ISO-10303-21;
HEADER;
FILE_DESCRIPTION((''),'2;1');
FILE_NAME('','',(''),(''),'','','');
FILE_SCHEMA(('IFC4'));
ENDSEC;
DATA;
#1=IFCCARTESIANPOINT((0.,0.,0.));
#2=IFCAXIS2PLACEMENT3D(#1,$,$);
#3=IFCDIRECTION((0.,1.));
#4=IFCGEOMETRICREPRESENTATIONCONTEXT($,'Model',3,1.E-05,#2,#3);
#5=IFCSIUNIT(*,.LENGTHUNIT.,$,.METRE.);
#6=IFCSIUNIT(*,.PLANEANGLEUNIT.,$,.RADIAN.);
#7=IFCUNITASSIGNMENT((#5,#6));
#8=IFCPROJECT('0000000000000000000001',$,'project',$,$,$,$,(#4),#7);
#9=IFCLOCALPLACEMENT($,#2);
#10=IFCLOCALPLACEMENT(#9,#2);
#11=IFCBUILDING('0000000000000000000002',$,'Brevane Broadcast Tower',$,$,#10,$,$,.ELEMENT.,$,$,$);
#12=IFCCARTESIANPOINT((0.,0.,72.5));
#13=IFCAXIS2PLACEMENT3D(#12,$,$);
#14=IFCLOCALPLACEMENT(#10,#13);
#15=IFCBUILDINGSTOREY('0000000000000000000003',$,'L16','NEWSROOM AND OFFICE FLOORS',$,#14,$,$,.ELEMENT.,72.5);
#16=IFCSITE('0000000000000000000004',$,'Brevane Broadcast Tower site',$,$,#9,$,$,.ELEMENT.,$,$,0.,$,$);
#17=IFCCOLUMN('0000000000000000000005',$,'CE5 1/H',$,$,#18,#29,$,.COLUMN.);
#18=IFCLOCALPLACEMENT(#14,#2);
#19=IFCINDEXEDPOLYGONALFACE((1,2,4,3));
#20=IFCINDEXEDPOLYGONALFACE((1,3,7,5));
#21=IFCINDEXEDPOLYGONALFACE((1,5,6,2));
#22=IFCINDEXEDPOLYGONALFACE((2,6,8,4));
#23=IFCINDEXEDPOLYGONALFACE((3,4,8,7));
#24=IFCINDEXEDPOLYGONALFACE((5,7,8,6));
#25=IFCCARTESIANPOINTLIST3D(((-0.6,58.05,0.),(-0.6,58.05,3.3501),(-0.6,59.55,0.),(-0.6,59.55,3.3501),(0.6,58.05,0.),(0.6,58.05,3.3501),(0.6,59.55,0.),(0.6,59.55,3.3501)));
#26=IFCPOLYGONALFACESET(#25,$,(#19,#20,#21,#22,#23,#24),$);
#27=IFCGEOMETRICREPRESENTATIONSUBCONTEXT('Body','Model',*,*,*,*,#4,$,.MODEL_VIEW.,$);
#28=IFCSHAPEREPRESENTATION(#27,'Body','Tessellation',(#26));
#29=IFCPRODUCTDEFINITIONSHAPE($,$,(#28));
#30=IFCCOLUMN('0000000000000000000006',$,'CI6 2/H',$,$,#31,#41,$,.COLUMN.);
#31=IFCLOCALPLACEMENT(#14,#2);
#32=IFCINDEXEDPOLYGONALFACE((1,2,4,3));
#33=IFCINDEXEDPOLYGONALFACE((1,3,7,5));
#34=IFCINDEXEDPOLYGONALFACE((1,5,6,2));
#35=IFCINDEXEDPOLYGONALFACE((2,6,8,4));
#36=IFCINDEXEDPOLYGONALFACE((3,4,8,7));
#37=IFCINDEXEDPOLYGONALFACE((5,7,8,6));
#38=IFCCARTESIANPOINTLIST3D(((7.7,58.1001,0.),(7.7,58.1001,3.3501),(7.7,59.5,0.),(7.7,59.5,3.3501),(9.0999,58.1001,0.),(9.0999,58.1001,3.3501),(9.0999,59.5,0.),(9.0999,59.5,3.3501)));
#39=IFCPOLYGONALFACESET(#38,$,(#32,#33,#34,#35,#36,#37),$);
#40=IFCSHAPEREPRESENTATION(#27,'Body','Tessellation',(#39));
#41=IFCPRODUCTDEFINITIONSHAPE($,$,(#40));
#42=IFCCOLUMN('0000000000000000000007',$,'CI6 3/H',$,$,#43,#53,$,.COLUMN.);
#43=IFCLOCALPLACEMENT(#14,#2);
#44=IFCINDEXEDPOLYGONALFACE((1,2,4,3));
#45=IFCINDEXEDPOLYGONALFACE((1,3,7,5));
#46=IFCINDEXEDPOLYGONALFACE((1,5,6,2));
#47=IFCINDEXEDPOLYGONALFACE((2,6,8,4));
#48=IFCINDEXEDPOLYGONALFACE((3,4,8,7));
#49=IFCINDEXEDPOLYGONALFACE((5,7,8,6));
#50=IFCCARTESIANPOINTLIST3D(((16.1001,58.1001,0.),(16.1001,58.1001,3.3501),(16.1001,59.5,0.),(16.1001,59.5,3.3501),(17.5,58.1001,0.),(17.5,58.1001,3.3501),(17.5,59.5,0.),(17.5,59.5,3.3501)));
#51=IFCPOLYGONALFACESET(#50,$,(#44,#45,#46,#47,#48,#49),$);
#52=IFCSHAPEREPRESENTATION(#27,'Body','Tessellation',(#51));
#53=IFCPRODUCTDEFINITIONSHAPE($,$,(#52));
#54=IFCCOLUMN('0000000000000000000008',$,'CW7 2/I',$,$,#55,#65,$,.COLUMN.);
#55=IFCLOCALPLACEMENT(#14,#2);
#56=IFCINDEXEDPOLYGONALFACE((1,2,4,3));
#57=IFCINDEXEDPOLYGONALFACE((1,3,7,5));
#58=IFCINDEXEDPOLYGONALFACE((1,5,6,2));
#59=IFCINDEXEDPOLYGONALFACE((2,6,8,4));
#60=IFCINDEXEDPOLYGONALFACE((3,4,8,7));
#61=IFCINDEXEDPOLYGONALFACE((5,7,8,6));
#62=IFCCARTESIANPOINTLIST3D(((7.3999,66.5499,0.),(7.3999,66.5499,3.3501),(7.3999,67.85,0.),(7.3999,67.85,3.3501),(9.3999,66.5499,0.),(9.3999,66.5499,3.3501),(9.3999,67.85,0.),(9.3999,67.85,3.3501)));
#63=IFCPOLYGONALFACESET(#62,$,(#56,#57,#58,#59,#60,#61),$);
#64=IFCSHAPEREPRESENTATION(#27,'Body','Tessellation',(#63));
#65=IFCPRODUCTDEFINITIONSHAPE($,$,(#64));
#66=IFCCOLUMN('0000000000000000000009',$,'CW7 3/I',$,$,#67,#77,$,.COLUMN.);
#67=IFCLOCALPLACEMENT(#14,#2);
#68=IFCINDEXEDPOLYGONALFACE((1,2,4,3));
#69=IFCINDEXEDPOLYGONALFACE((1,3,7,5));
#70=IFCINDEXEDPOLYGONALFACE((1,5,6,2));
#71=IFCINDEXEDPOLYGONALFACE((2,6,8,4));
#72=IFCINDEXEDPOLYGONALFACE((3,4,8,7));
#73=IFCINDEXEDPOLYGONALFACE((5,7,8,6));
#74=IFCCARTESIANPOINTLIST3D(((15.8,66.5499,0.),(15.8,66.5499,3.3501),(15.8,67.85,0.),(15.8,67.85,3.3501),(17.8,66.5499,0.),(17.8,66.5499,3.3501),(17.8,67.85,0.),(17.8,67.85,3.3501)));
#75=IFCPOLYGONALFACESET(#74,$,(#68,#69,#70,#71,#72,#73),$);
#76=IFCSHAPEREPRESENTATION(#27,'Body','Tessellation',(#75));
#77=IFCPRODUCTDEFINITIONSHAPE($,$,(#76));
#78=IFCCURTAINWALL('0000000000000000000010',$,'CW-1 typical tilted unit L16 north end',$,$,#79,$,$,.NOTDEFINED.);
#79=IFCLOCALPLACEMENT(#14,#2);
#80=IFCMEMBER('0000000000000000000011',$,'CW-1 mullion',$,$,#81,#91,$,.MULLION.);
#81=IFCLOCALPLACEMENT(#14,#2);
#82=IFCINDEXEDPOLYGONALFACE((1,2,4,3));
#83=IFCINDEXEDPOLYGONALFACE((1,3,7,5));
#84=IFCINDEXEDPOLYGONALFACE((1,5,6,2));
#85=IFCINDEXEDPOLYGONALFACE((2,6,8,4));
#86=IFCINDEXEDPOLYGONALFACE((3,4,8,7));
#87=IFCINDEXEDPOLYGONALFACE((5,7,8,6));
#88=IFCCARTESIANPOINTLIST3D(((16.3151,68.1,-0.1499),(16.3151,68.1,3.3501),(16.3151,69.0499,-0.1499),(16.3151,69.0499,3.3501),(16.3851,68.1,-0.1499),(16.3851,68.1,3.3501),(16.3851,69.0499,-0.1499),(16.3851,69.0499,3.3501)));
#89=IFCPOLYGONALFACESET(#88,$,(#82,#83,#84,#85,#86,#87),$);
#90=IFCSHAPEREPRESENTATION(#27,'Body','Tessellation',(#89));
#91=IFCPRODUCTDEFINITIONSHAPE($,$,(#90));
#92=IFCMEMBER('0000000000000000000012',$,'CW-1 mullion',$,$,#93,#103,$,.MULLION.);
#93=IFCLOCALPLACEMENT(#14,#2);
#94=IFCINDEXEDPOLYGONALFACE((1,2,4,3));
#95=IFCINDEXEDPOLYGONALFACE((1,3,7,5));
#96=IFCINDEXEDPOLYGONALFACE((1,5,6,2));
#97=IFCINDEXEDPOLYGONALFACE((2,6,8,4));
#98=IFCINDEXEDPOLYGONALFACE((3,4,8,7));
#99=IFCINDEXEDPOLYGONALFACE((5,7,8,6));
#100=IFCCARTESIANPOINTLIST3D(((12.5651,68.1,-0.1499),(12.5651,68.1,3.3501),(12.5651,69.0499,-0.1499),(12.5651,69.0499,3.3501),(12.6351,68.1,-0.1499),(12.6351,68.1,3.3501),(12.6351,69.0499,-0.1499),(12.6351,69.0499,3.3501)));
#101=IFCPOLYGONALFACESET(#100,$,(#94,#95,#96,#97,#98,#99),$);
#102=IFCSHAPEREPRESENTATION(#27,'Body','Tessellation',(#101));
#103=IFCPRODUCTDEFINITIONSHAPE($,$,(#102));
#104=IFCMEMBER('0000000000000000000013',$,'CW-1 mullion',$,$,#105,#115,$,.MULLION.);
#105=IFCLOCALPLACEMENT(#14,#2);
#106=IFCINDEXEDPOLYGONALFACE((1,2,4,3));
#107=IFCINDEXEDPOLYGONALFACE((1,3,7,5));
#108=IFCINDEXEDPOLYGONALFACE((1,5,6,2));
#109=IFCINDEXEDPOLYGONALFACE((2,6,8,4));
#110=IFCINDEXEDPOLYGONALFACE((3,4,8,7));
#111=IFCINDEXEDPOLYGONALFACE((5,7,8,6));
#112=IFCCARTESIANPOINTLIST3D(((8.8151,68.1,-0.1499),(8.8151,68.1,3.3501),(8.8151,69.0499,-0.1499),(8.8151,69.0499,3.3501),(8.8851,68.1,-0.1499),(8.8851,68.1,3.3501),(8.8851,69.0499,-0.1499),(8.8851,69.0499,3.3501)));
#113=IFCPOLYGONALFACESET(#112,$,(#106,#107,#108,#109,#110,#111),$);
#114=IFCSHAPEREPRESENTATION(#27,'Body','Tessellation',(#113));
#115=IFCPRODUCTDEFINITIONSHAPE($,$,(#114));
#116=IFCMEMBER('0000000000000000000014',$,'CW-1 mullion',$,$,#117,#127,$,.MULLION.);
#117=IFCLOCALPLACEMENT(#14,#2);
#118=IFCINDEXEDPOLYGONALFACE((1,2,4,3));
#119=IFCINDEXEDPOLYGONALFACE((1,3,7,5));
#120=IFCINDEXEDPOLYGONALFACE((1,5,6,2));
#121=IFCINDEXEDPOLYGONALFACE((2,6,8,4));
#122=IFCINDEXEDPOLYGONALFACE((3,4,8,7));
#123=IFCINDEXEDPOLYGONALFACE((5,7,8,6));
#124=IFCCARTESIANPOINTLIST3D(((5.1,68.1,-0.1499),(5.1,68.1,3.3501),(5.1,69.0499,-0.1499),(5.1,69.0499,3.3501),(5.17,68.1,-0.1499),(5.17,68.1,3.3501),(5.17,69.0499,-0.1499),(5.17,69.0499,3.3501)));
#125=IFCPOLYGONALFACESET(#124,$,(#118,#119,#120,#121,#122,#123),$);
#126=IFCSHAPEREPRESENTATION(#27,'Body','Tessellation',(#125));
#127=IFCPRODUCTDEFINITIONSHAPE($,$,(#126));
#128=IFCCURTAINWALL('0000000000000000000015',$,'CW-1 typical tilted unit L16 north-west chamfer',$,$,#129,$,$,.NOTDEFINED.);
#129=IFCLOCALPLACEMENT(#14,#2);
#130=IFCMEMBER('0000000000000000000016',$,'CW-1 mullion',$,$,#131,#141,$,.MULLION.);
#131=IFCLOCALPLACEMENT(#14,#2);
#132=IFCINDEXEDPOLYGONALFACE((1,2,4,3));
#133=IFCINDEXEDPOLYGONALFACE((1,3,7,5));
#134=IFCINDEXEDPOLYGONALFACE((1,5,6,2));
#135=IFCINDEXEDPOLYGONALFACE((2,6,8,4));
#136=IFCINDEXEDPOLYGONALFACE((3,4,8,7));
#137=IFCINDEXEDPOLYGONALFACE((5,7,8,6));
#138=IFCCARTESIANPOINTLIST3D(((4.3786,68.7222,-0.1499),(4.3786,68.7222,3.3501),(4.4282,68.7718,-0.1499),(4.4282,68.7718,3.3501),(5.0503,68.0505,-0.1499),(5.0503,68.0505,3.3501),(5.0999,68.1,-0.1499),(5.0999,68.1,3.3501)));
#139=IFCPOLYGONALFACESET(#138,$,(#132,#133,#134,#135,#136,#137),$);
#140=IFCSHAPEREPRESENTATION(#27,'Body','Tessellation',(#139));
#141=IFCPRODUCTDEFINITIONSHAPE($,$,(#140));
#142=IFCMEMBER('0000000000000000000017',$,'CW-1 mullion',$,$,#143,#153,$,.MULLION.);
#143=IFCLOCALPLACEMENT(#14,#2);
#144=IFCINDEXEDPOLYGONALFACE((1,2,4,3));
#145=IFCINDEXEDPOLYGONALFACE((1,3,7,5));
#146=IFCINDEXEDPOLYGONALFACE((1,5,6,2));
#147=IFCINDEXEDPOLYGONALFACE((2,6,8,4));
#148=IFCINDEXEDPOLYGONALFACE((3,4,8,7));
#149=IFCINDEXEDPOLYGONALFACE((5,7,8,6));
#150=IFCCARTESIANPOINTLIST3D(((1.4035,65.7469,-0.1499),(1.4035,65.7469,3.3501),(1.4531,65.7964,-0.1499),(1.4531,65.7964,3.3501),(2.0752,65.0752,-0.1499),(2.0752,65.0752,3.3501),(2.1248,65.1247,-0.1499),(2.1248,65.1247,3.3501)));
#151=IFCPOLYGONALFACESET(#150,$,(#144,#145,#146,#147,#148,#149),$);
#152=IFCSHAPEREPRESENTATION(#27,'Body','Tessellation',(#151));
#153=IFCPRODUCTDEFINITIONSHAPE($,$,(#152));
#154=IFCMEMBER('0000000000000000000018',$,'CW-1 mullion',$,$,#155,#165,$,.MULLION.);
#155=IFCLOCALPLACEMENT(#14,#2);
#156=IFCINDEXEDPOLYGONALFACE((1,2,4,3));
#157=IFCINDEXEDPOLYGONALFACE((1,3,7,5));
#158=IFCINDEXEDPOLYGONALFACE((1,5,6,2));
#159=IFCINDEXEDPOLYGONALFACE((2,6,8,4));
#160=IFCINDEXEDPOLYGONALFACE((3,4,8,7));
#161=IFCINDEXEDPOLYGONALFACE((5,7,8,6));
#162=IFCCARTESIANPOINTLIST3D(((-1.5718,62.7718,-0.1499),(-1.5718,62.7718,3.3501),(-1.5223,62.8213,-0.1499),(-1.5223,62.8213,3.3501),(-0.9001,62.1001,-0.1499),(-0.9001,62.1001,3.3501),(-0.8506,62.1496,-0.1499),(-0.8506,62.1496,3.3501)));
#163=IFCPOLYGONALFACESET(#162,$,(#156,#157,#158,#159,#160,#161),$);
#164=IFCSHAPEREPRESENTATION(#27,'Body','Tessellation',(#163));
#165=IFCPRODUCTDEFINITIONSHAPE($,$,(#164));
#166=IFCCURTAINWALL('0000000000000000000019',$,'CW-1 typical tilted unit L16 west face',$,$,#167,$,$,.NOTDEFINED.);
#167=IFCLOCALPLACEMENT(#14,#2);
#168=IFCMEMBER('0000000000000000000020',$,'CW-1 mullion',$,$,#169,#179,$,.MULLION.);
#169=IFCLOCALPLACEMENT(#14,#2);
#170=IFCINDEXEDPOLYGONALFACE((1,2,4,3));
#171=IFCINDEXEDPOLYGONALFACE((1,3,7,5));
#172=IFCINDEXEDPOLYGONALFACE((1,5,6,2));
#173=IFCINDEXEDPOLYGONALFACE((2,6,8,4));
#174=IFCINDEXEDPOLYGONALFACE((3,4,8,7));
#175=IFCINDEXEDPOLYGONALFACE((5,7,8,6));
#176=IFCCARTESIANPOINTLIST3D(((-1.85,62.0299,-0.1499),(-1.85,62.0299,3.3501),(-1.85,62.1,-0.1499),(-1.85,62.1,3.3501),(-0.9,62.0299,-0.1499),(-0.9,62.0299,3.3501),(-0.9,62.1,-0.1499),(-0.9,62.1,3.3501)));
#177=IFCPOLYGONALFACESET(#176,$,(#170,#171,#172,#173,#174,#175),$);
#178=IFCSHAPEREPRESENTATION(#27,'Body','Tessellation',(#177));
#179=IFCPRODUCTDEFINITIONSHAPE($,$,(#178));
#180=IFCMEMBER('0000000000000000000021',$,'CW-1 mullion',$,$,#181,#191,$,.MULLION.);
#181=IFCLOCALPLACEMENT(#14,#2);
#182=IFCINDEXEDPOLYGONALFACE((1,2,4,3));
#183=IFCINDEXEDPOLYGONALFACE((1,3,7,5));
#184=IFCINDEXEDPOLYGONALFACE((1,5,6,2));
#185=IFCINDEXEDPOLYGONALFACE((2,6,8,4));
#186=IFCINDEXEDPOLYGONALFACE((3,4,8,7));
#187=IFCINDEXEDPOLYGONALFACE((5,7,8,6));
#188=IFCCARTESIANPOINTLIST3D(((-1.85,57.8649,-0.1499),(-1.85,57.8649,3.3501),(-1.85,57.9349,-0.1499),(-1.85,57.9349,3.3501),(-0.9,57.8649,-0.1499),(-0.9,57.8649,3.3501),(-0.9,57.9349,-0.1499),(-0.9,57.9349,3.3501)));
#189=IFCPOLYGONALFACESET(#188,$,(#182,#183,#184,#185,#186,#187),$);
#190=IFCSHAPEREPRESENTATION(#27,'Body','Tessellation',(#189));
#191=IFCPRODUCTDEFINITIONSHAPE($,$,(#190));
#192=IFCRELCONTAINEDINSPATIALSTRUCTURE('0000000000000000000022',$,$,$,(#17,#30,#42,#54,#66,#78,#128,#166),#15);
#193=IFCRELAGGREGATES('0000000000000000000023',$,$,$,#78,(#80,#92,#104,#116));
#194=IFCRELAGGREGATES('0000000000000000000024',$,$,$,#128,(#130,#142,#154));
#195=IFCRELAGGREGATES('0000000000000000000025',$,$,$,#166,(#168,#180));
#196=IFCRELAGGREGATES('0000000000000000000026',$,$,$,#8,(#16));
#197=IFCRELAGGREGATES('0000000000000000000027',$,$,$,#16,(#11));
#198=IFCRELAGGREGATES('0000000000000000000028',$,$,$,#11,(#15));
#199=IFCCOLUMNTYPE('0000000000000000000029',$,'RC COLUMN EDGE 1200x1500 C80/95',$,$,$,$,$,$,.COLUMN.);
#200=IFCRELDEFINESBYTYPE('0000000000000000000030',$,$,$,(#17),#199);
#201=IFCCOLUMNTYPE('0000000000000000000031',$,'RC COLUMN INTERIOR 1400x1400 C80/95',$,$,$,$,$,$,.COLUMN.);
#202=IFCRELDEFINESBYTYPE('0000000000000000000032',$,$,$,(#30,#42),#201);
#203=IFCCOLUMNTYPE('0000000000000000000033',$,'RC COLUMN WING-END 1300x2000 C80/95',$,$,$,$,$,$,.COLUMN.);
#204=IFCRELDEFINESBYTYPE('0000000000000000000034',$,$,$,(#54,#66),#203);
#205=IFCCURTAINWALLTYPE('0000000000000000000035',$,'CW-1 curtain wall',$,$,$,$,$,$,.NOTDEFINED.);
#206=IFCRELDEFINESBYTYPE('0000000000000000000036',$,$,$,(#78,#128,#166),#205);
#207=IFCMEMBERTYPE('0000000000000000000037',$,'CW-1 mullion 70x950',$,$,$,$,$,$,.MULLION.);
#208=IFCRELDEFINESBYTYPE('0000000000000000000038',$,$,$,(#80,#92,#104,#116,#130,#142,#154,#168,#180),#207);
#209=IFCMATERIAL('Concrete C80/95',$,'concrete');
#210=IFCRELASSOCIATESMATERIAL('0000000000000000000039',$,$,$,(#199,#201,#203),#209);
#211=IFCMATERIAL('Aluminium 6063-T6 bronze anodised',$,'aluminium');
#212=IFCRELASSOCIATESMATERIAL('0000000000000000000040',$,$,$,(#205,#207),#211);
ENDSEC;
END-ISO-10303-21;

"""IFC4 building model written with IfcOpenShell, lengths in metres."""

from ifc_helpers import new_model, si_unit, direction, frame, origin, origin_2d, place, context, subcontext, project, spatial, rectangle, extrude, material, material_profile, profile_set, type_object, element, aggregate, save


model = new_model("IFC4")

# Units and contexts
model_context = context("Model", 3, precision=1e-05, world=origin(), true_north=direction((0.0, 1.0)))
body_context = subcontext(model_context, "Body", "Model", "MODEL_VIEW")
ifc_project = project(units=[si_unit("LENGTHUNIT", "METRE"), si_unit("PLANEANGLEUNIT", "RADIAN")], contexts=[model_context])

# Site, building, storey
site_placement = place(None, origin())
site = spatial("IfcSite", under=ifc_project, at=site_placement, Name="Brevane Broadcast Tower site", CompositionType="ELEMENT", RefElevation=0.0)
building_placement = place(site_placement, origin())
building = spatial("IfcBuilding", under=site, at=building_placement, Name="Brevane Broadcast Tower", CompositionType="ELEMENT")
storey_placement = place(building_placement, frame((0.0, 0.0, 72.5)))
storey = spatial("IfcBuildingStorey", under=building, at=storey_placement, Name="L16", Description="NEWSROOM AND OFFICE FLOORS", CompositionType="ELEMENT", Elevation=72.5)

# Columns
ifc_material_1 = material(Name="Concrete C80/95", Category="concrete")
ifc_material_profile_1 = material_profile(ifc_material_1, rectangle(XDim=1.2, YDim=1.5, at=origin_2d()), Name="RC 1200x1500")
ifc_profile_set_1 = profile_set([ifc_material_profile_1], Name="Concrete C80/95")
column_type_1 = type_object("IfcColumnType", Name="RC COLUMN EDGE 1200x1500 C80/95", PredefinedType="COLUMN", material=ifc_profile_set_1)
column_placement = place(storey_placement, frame((0.0, 58.8, 0.0), z_axis=(0.0, 0.0, 1.0), x_axis=(1.0, 0.0, 0.0)))
element("IfcColumn", 1, at=column_placement, inside=storey, type_object=column_type_1, Name="CE5 1/H", PredefinedType="COLUMN", context=body_context, shape_type="SweptSolid", body=[
    extrude(rectangle(XDim=1.2, YDim=1.5, at=origin_2d()), origin(), (0.0, 0.0, 1.0), 3.3501),
])
ifc_material_profile_2 = material_profile(ifc_material_1, rectangle(XDim=1.3999, YDim=1.3999, at=origin_2d()), Name="RC 1400x1400")
ifc_profile_set_2 = profile_set([ifc_material_profile_2], Name="Concrete C80/95")
column_type_2 = type_object("IfcColumnType", Name="RC COLUMN INTERIOR 1400x1400 C80/95", PredefinedType="COLUMN", material=ifc_profile_set_2)
for number, where, z_axis, x_axis, name in (
    (2, (8.3999, 58.8, 0.0), (0.0, 0.0, 1.0), (1.0, 0.0, 0.0), "CI6 2/H"),
    (3, (16.8, 58.8, 0.0), (0.0, 0.0, 1.0), (1.0, 0.0, 0.0), "CI6 3/H"),
):
    element("IfcColumn", number, at=place(storey_placement, frame(where, z_axis=z_axis, x_axis=x_axis)), inside=storey, type_object=column_type_2, Name=name, PredefinedType="COLUMN", context=body_context, shape_type="SweptSolid", body=[
        extrude(rectangle(XDim=1.3999, YDim=1.3999, at=origin_2d()), origin(), (0.0, 0.0, 1.0), 3.3501),
    ])
ifc_material_profile_3 = material_profile(ifc_material_1, rectangle(XDim=1.3, YDim=2.0, at=origin_2d()), Name="RC 1300x2000")
ifc_profile_set_3 = profile_set([ifc_material_profile_3], Name="Concrete C80/95")
column_type_3 = type_object("IfcColumnType", Name="RC COLUMN WING-END 1300x2000 C80/95", PredefinedType="COLUMN", material=ifc_profile_set_3)
for number, where, z_axis, x_axis, name in (
    (4, (8.3999, 67.2, 0.0), (0.0, 0.0, 1.0), (0.0, 1.0, 0.0), "CW7 2/I"),
    (5, (16.8, 67.2, 0.0), (0.0, 0.0, 1.0), (0.0, 1.0, 0.0), "CW7 3/I"),
):
    element("IfcColumn", number, at=place(storey_placement, frame(where, z_axis=z_axis, x_axis=x_axis)), inside=storey, type_object=column_type_3, Name=name, PredefinedType="COLUMN", context=body_context, shape_type="SweptSolid", body=[
        extrude(rectangle(XDim=1.3, YDim=2.0, at=origin_2d()), origin(), (0.0, 0.0, 1.0), 3.3501),
    ])

# Curtain walls, members
ifc_material_2 = material(Name="Aluminium 6063-T6 bronze anodised", Category="aluminium")
curtain_wall_type = type_object("IfcCurtainWallType", Name="CW-1 curtain wall", PredefinedType="NOTDEFINED", material=ifc_material_2)
curtain_wall_1_placement = place(storey_placement, origin())
curtain_wall_1 = element("IfcCurtainWall", 6, at=curtain_wall_1_placement, inside=storey, type_object=curtain_wall_type, Name="CW-1 typical tilted unit L16 north end", PredefinedType="NOTDEFINED")
ifc_material_profile_4 = material_profile(ifc_material_2, rectangle(XDim=0.95, YDim=0.0701, at=origin_2d()), Name="RECT 70x950")
ifc_profile_set_4 = profile_set([ifc_material_profile_4], Name="Aluminium 6063-T6 bronze anodised")
member_type_1 = type_object("IfcMemberType", Name="CW-1 mullion 70x950", PredefinedType="MULLION", material=ifc_profile_set_4)
member_1_placement = place(storey_placement, frame((16.3501, 68.575, -0.1499), z_axis=(0.0, 0.0, 1.0), x_axis=(0.0, -1.0, 0.0)))
member_1 = element("IfcMember", 7, at=member_1_placement, type_object=member_type_1, Name="CW-1 mullion", PredefinedType="MULLION", context=body_context, shape_type="SweptSolid", body=[
    extrude(rectangle(XDim=0.95, YDim=0.0701, at=origin_2d()), origin(), (0.0, 0.0, 1.0), 3.5),
])
member_2_placement = place(storey_placement, frame((12.6001, 68.575, -0.1499), z_axis=(0.0, 0.0, 1.0), x_axis=(0.0, -1.0, 0.0)))
member_2 = element("IfcMember", 8, at=member_2_placement, type_object=member_type_1, Name="CW-1 mullion", PredefinedType="MULLION", context=body_context, shape_type="SweptSolid", body=[
    extrude(rectangle(XDim=0.95, YDim=0.0701, at=origin_2d()), origin(), (0.0, 0.0, 1.0), 3.5),
])
member_3_placement = place(storey_placement, frame((8.8501, 68.575, -0.1499), z_axis=(0.0, 0.0, 1.0), x_axis=(0.0, -1.0, 0.0)))
member_3 = element("IfcMember", 9, at=member_3_placement, type_object=member_type_1, Name="CW-1 mullion", PredefinedType="MULLION", context=body_context, shape_type="SweptSolid", body=[
    extrude(rectangle(XDim=0.95, YDim=0.0701, at=origin_2d()), origin(), (0.0, 0.0, 1.0), 3.5),
])
member_4_placement = place(storey_placement, frame((5.135, 68.575, -0.1499), z_axis=(0.0, 0.0, 1.0), x_axis=(0.0, -1.0, 0.0)))
member_4 = element("IfcMember", 10, at=member_4_placement, type_object=member_type_1, Name="CW-1 mullion", PredefinedType="MULLION", context=body_context, shape_type="SweptSolid", body=[
    extrude(rectangle(XDim=0.95, YDim=0.0701, at=origin_2d()), origin(), (0.0, 0.0, 1.0), 3.5),
])
aggregate(curtain_wall_1, [member_1, member_2, member_3, member_4])
curtain_wall_2_placement = place(storey_placement, origin())
curtain_wall_2 = element("IfcCurtainWall", 11, at=curtain_wall_2_placement, inside=storey, type_object=curtain_wall_type, Name="CW-1 typical tilted unit L16 north-west chamfer", PredefinedType="NOTDEFINED")
member_5_placement = place(storey_placement, frame((4.7393, 68.4111, -0.1499), z_axis=(0.0, 0.0, 1.0), x_axis=(0.707107, -0.707107, 0.0)))
member_5 = element("IfcMember", 12, at=member_5_placement, type_object=member_type_1, Name="CW-1 mullion", PredefinedType="MULLION", context=body_context, shape_type="SweptSolid", body=[
    extrude(rectangle(XDim=0.95, YDim=0.0701, at=origin_2d()), origin(), (0.0, 0.0, 1.0), 3.5),
])
member_6_placement = place(storey_placement, frame((1.7642, 65.4358, -0.1499), z_axis=(0.0, 0.0, 1.0), x_axis=(0.707107, -0.707107, 0.0)))
member_6 = element("IfcMember", 13, at=member_6_placement, type_object=member_type_1, Name="CW-1 mullion", PredefinedType="MULLION", context=body_context, shape_type="SweptSolid", body=[
    extrude(rectangle(XDim=0.95, YDim=0.0701, at=origin_2d()), origin(), (0.0, 0.0, 1.0), 3.5),
])
member_7_placement = place(storey_placement, frame((-1.2112, 62.4607, -0.1499), z_axis=(0.0, 0.0, 1.0), x_axis=(0.707107, -0.707107, 0.0)))
member_7 = element("IfcMember", 14, at=member_7_placement, type_object=member_type_1, Name="CW-1 mullion", PredefinedType="MULLION", context=body_context, shape_type="SweptSolid", body=[
    extrude(rectangle(XDim=0.95, YDim=0.0701, at=origin_2d()), origin(), (0.0, 0.0, 1.0), 3.5),
])
curtain_wall_3_placement = place(storey_placement, origin())
curtain_wall_3 = element("IfcCurtainWall", 15, at=curtain_wall_3_placement, inside=storey, type_object=curtain_wall_type, Name="CW-1 typical tilted unit L16 west face", PredefinedType="NOTDEFINED")
member_8_placement = place(storey_placement, frame((-1.375, 62.0649, -0.1499), z_axis=(0.0, 0.0, 1.0), x_axis=(1.0, 0.0, 0.0)))
member_8 = element("IfcMember", 16, at=member_8_placement, type_object=member_type_1, Name="CW-1 mullion", PredefinedType="MULLION", context=body_context, shape_type="SweptSolid", body=[
    extrude(rectangle(XDim=0.95, YDim=0.0701, at=origin_2d()), origin(), (0.0, 0.0, 1.0), 3.5),
])
member_9_placement = place(storey_placement, frame((-1.375, 57.8999, -0.1499), z_axis=(0.0, 0.0, 1.0), x_axis=(1.0, 0.0, 0.0)))
member_9 = element("IfcMember", 17, at=member_9_placement, type_object=member_type_1, Name="CW-1 mullion", PredefinedType="MULLION", context=body_context, shape_type="SweptSolid", body=[
    extrude(rectangle(XDim=0.95, YDim=0.0701, at=origin_2d()), origin(), (0.0, 0.0, 1.0), 3.5),
])

aggregate(curtain_wall_2, [member_5, member_6, member_7])
aggregate(curtain_wall_3, [member_8, member_9])

save(model, "model.ifc")
